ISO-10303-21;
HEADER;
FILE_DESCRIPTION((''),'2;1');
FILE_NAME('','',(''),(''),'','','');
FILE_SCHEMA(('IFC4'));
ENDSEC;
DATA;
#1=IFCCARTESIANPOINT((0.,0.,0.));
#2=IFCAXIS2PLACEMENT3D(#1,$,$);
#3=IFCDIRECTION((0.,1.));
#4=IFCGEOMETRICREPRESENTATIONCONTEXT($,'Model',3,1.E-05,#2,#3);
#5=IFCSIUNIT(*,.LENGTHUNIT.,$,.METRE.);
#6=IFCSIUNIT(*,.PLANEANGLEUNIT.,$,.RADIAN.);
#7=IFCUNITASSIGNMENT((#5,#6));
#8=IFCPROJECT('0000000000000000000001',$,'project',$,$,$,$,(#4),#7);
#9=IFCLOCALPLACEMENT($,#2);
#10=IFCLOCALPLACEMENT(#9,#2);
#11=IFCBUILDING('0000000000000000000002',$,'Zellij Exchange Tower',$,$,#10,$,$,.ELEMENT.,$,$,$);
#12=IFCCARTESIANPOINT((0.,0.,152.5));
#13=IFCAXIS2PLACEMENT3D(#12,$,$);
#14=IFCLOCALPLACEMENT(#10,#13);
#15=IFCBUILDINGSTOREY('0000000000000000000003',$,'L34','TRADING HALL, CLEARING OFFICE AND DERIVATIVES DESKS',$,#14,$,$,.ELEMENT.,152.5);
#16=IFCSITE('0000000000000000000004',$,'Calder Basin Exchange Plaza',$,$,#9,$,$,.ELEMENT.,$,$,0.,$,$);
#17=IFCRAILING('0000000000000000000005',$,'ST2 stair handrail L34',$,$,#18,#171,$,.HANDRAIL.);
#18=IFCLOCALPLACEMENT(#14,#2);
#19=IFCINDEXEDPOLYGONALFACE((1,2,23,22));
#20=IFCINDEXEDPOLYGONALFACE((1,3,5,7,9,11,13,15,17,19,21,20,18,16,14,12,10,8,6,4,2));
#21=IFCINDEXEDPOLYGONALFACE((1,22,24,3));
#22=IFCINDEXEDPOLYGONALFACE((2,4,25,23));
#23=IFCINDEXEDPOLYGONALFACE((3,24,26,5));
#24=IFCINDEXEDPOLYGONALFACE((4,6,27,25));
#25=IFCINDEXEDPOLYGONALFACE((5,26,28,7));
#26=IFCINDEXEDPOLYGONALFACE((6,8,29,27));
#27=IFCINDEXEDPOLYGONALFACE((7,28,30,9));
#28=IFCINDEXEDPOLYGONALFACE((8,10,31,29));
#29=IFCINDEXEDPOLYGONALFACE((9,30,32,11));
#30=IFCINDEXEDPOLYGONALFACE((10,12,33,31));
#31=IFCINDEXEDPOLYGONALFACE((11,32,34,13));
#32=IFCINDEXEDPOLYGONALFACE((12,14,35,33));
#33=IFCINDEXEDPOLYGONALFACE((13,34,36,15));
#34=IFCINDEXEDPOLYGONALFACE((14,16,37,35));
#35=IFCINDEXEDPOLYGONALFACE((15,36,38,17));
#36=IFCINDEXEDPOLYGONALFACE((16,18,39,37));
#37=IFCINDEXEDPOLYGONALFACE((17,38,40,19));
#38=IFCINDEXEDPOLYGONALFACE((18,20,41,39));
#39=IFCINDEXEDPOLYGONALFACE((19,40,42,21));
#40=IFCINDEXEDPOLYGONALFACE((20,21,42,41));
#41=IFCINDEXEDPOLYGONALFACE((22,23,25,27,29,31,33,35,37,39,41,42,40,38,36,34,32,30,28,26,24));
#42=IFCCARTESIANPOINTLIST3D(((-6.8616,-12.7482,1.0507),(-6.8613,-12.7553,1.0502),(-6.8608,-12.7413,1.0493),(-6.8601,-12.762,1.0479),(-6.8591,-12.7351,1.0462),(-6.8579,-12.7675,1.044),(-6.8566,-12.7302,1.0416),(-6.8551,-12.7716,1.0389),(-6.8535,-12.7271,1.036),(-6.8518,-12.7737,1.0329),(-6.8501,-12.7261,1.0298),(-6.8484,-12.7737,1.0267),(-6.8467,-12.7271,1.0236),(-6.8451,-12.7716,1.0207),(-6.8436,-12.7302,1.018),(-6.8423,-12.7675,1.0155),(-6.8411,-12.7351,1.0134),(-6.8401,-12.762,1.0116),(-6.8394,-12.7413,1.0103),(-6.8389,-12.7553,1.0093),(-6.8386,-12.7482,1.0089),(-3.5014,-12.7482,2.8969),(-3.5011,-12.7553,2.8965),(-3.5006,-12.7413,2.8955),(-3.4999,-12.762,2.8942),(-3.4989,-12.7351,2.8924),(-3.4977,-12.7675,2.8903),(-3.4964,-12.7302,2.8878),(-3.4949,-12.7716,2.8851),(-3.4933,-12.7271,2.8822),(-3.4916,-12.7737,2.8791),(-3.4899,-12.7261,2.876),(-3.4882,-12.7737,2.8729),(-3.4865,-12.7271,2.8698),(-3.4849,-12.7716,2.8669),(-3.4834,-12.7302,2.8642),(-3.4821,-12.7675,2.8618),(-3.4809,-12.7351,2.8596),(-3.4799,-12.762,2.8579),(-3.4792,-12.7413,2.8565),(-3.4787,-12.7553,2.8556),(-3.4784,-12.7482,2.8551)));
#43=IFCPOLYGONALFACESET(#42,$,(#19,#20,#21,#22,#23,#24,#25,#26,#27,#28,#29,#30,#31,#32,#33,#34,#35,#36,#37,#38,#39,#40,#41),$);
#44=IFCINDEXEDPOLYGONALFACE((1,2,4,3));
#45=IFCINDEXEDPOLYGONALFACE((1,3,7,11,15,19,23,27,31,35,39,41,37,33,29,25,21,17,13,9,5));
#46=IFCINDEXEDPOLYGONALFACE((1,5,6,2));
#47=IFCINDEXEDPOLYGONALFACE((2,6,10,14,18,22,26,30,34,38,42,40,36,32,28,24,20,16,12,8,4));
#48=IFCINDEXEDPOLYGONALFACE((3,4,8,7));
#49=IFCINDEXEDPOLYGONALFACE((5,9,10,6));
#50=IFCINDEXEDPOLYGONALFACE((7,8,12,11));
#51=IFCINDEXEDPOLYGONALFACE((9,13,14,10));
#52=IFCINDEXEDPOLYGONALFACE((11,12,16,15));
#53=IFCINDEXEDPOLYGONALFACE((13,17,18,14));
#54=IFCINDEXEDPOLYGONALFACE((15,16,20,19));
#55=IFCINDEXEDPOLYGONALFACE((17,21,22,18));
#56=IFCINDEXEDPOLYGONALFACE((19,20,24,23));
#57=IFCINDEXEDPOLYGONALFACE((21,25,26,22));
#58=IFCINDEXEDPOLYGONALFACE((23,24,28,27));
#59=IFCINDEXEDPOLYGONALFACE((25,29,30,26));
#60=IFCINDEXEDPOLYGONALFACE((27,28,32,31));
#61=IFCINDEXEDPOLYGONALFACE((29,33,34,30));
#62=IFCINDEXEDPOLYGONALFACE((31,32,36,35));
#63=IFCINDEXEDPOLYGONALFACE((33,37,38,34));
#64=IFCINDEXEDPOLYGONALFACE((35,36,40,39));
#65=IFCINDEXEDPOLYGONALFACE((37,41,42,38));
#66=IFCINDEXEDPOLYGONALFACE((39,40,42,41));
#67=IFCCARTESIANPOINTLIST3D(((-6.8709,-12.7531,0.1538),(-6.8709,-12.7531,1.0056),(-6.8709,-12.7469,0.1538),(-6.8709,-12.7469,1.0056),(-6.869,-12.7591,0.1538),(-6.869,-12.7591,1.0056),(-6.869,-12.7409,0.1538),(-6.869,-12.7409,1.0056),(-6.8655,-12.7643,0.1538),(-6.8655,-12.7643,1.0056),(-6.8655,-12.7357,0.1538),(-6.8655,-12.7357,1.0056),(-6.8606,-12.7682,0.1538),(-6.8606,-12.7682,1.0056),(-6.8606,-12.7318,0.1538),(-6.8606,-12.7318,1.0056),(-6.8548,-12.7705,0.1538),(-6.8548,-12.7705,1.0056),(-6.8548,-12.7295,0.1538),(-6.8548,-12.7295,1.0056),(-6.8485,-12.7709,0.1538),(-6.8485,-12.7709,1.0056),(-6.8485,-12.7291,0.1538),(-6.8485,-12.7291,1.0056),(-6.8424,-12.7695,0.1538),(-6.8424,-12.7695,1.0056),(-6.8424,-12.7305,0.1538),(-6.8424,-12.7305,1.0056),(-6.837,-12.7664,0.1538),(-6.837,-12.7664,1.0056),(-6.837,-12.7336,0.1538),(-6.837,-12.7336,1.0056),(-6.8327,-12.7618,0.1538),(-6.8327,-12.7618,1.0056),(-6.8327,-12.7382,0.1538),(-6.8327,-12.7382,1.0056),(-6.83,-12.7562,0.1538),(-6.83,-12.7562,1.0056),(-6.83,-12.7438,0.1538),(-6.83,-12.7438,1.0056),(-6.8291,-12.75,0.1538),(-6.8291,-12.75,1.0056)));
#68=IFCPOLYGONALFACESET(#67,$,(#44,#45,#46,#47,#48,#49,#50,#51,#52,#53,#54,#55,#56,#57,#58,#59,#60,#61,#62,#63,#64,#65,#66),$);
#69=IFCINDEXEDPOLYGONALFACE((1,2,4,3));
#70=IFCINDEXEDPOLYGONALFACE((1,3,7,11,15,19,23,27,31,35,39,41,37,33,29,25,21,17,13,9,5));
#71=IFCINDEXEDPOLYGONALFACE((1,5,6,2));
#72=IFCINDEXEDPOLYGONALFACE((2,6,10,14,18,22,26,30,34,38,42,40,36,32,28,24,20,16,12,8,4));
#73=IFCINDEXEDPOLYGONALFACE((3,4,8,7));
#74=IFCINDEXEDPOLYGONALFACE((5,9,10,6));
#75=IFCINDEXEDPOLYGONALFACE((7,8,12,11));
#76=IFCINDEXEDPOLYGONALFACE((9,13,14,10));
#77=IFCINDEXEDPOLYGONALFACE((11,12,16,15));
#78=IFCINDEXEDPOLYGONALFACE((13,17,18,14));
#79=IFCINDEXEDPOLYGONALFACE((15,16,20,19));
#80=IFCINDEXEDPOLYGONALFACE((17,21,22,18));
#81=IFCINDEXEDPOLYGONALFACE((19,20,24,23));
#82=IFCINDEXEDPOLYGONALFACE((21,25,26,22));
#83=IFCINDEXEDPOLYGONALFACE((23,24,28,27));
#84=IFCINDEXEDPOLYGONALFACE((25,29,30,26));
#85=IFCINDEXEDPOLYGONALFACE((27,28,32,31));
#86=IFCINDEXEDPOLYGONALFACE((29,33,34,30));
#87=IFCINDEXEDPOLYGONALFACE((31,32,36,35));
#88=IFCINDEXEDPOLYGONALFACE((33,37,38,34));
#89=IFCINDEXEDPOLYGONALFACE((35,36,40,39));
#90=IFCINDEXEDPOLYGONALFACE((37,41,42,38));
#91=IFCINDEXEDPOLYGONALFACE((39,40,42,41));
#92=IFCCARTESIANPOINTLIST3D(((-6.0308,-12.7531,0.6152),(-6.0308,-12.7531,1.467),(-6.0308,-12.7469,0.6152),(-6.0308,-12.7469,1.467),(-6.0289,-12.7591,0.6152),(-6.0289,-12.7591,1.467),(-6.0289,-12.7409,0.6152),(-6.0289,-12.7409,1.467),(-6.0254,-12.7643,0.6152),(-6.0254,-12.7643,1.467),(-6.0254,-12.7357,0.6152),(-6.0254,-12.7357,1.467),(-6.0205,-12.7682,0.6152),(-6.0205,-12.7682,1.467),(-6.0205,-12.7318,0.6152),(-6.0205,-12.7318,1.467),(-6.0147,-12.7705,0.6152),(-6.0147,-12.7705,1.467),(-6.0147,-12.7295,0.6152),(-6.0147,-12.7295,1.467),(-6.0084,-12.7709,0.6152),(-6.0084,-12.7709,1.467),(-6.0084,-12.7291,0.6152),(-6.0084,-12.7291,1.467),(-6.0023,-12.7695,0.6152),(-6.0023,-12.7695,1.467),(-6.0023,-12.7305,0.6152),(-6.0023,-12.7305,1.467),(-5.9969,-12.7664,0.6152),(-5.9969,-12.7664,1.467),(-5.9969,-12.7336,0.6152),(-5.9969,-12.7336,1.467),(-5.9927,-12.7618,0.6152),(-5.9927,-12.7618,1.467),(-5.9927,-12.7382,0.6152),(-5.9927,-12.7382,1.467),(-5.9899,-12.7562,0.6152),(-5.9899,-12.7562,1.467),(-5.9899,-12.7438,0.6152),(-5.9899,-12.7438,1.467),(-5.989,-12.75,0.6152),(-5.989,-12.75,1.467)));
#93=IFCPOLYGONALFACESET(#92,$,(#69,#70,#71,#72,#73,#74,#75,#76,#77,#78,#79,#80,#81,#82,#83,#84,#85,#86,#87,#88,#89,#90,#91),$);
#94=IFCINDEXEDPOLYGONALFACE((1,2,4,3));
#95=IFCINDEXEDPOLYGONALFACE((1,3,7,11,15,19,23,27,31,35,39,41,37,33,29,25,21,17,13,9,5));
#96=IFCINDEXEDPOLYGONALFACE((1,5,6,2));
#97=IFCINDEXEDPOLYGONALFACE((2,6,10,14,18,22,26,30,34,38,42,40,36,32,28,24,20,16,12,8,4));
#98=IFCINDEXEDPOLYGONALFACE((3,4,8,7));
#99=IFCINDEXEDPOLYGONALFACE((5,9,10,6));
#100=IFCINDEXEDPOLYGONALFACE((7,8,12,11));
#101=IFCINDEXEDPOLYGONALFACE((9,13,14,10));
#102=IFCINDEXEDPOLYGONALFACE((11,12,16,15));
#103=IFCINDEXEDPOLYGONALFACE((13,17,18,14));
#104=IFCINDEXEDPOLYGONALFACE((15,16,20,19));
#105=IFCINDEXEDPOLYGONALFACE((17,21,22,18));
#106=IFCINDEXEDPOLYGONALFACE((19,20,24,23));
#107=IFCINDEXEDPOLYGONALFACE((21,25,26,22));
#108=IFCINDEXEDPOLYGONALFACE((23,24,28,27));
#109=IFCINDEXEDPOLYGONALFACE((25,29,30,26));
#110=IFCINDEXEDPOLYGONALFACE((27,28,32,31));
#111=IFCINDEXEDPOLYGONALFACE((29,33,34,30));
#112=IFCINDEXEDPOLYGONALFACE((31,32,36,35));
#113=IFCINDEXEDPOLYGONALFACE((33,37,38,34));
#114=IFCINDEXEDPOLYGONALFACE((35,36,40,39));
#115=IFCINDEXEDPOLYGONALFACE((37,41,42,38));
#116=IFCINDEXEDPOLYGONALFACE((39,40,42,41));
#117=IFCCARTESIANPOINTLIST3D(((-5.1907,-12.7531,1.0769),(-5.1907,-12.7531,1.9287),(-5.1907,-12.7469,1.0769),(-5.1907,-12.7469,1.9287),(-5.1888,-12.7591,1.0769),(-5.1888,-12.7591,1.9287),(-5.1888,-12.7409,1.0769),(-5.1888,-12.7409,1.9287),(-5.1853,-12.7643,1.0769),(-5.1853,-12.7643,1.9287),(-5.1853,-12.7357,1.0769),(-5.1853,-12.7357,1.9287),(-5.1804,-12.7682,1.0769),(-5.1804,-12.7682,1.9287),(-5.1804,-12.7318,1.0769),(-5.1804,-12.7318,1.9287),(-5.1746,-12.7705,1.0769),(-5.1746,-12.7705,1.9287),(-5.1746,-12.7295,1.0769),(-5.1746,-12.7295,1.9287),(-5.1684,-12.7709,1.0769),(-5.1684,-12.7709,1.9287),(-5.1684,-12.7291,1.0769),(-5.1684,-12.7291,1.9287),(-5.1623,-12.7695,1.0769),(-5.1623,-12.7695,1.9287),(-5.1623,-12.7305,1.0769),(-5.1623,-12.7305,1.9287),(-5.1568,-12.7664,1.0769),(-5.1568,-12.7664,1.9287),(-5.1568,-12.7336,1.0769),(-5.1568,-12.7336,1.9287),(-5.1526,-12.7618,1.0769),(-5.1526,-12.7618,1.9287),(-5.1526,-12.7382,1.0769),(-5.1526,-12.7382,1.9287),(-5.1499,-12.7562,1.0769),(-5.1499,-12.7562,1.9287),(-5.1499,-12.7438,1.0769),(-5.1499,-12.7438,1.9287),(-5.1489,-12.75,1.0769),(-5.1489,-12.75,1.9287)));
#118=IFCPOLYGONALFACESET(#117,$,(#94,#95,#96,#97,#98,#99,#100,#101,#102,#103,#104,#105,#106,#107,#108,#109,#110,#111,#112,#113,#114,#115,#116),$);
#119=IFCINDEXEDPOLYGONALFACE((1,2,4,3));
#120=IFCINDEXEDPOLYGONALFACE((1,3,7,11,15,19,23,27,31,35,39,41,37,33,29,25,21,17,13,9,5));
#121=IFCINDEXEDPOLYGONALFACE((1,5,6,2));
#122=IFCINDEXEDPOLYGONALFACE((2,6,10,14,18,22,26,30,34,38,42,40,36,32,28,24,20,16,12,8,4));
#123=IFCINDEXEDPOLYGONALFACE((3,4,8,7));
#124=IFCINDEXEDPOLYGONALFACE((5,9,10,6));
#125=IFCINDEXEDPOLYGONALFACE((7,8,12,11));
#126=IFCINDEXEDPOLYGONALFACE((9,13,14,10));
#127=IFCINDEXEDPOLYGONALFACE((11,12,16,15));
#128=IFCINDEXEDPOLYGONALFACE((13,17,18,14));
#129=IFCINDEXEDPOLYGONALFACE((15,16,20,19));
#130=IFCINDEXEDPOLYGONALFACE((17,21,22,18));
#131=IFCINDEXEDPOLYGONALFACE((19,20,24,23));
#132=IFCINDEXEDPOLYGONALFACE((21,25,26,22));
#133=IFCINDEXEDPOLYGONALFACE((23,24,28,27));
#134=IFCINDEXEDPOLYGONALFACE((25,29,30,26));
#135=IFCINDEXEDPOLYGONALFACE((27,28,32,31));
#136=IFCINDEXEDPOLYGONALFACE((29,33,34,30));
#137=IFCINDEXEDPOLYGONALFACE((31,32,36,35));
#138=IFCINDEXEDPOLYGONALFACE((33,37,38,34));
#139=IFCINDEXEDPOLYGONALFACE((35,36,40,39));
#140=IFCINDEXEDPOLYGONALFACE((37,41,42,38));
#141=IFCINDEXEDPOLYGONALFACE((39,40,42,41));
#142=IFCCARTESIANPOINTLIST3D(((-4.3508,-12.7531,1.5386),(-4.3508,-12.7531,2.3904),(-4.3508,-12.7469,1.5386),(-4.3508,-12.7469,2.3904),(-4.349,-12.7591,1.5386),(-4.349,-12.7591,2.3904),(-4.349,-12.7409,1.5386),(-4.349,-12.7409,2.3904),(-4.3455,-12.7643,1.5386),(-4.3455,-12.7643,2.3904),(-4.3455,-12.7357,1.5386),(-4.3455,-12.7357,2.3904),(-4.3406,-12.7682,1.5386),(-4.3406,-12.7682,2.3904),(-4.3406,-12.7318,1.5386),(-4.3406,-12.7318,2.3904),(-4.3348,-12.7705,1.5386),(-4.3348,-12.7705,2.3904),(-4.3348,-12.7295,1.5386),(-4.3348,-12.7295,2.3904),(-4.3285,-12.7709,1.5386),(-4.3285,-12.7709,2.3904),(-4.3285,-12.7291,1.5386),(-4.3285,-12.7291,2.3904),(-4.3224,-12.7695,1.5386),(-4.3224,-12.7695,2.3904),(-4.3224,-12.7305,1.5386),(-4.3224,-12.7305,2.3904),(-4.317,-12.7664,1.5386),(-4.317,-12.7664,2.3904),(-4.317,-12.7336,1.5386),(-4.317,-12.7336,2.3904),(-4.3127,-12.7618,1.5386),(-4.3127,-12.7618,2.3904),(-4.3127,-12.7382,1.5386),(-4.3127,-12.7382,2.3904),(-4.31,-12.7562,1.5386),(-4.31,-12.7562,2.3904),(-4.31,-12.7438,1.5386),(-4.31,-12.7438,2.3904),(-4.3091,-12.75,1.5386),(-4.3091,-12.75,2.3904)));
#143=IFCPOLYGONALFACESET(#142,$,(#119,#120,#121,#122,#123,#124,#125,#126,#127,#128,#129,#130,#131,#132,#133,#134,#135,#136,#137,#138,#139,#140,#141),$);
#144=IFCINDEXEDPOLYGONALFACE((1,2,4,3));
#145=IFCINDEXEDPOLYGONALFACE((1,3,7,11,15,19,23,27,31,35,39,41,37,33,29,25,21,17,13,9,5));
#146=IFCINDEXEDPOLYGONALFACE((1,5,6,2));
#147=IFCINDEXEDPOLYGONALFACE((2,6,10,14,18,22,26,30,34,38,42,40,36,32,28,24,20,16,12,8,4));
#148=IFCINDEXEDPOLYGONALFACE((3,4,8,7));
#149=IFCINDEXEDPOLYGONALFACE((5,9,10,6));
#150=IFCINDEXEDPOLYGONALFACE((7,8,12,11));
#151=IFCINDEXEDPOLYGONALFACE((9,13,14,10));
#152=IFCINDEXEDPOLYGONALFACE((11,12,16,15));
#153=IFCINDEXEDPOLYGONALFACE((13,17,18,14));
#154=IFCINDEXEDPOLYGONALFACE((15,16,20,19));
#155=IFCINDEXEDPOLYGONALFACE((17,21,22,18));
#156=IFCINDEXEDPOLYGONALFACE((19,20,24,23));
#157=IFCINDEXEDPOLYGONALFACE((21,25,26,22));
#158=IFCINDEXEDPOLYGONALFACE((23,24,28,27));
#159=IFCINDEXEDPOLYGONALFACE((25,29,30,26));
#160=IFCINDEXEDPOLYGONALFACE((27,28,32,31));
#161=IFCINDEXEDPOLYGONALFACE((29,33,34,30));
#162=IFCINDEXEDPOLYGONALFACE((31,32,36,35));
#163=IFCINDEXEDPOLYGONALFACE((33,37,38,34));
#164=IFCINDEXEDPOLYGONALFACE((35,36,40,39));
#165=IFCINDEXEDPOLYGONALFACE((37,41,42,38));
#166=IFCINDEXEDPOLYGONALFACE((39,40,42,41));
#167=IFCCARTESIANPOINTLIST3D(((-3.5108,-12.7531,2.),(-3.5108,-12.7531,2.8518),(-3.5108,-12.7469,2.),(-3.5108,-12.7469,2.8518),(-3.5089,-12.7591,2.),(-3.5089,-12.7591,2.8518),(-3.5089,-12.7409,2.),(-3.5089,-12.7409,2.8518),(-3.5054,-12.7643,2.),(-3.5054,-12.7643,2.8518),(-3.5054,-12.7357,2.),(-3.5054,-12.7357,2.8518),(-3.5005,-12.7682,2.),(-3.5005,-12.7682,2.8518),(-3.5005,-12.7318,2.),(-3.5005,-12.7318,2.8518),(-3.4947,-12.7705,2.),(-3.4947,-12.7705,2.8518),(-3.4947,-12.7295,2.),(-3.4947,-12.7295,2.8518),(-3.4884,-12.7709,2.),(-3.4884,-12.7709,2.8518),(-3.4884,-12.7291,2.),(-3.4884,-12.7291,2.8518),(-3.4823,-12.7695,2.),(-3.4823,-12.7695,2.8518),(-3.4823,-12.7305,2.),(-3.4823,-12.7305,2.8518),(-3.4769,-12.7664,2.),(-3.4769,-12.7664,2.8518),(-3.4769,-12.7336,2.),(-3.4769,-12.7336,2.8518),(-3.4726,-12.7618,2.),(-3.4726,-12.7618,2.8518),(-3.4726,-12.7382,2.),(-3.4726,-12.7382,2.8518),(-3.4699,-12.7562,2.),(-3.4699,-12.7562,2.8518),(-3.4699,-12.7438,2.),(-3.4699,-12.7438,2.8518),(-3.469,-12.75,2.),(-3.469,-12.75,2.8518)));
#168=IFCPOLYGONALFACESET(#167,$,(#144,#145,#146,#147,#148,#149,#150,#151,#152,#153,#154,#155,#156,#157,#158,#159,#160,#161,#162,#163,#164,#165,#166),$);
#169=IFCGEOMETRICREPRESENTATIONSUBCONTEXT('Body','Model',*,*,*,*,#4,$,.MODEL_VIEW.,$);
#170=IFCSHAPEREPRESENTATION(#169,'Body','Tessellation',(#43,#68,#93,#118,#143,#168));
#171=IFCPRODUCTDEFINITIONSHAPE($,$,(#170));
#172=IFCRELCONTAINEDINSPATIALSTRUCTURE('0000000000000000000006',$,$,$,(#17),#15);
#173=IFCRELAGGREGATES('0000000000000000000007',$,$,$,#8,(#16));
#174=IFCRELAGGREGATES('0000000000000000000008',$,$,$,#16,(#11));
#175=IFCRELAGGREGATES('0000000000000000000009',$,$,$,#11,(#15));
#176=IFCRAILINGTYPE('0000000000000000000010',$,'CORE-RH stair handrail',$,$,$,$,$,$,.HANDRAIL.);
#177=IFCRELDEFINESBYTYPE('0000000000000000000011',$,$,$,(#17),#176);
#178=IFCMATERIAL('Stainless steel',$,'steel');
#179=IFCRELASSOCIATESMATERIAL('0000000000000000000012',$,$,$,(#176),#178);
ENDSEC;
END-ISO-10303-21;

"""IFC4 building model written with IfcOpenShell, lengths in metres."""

from ifc_helpers import new_model, si_unit, direction, frame, origin, origin_2d, place, context, subcontext, project, spatial, circle, extrude, material, type_object, element, save


model = new_model("IFC4")

# Units and contexts
model_context = context("Model", 3, precision=1e-05, world=origin(), true_north=direction((0.0, 1.0)))
body_context = subcontext(model_context, "Body", "Model", "MODEL_VIEW")
ifc_project = project(units=[si_unit("LENGTHUNIT", "METRE"), si_unit("PLANEANGLEUNIT", "RADIAN")], contexts=[model_context])

# Site, building, storey
site_placement = place(None, origin())
site = spatial("IfcSite", under=ifc_project, at=site_placement, Name="Calder Basin Exchange Plaza", CompositionType="ELEMENT", RefElevation=0.0)
building_placement = place(site_placement, origin())
building = spatial("IfcBuilding", under=site, at=building_placement, Name="Zellij Exchange Tower", CompositionType="ELEMENT")
storey_placement = place(building_placement, frame((0.0, 0.0, 152.5)))
storey = spatial("IfcBuildingStorey", under=building, at=storey_placement, Name="L34", Description="TRADING HALL, CLEARING OFFICE AND DERIVATIVES DESKS", CompositionType="ELEMENT", Elevation=152.5)

# Railing
ifc_material_1 = material(Name="Stainless steel", Category="steel")
railing_type_1 = type_object("IfcRailingType", Name="CORE-RH stair handrail", PredefinedType="HANDRAIL", material=ifc_material_1)
railing_1_placement = place(storey_placement, frame((-6.8501, -12.75, 0.1538)))
element("IfcRailing", 1, at=railing_1_placement, inside=storey, type_object=railing_type_1, Name="ST2 stair handrail L34", PredefinedType="HANDRAIL", context=body_context, shape_type="SweptSolid", body=[
    extrude(circle(Radius=0.0239, at=origin_2d()), frame((0.0, 0.0, 0.876), z_axis=(0.876422, 0.0, 0.481545), x_axis=(0.0, 1.0, 0.0)), (0.0, 0.0, 1.0), 3.834),
    extrude(circle(Radius=0.021, at=origin_2d()), origin(), (0.0, 0.0, 1.0), 0.8518),
    extrude(circle(Radius=0.021, at=origin_2d()), frame((0.8401, 0.0, 0.4614)), (0.0, 0.0, 1.0), 0.8518),
    extrude(circle(Radius=0.021, at=origin_2d()), frame((1.6802, 0.0, 0.9231)), (0.0, 0.0, 1.0), 0.8518),
    extrude(circle(Radius=0.021, at=origin_2d()), frame((2.52, 0.0, 1.3848)), (0.0, 0.0, 1.0), 0.8518),
    extrude(circle(Radius=0.021, at=origin_2d()), frame((3.3601, 0.0, 1.8462)), (0.0, 0.0, 1.0), 0.8518),
])

save(model, "model.ifc")
